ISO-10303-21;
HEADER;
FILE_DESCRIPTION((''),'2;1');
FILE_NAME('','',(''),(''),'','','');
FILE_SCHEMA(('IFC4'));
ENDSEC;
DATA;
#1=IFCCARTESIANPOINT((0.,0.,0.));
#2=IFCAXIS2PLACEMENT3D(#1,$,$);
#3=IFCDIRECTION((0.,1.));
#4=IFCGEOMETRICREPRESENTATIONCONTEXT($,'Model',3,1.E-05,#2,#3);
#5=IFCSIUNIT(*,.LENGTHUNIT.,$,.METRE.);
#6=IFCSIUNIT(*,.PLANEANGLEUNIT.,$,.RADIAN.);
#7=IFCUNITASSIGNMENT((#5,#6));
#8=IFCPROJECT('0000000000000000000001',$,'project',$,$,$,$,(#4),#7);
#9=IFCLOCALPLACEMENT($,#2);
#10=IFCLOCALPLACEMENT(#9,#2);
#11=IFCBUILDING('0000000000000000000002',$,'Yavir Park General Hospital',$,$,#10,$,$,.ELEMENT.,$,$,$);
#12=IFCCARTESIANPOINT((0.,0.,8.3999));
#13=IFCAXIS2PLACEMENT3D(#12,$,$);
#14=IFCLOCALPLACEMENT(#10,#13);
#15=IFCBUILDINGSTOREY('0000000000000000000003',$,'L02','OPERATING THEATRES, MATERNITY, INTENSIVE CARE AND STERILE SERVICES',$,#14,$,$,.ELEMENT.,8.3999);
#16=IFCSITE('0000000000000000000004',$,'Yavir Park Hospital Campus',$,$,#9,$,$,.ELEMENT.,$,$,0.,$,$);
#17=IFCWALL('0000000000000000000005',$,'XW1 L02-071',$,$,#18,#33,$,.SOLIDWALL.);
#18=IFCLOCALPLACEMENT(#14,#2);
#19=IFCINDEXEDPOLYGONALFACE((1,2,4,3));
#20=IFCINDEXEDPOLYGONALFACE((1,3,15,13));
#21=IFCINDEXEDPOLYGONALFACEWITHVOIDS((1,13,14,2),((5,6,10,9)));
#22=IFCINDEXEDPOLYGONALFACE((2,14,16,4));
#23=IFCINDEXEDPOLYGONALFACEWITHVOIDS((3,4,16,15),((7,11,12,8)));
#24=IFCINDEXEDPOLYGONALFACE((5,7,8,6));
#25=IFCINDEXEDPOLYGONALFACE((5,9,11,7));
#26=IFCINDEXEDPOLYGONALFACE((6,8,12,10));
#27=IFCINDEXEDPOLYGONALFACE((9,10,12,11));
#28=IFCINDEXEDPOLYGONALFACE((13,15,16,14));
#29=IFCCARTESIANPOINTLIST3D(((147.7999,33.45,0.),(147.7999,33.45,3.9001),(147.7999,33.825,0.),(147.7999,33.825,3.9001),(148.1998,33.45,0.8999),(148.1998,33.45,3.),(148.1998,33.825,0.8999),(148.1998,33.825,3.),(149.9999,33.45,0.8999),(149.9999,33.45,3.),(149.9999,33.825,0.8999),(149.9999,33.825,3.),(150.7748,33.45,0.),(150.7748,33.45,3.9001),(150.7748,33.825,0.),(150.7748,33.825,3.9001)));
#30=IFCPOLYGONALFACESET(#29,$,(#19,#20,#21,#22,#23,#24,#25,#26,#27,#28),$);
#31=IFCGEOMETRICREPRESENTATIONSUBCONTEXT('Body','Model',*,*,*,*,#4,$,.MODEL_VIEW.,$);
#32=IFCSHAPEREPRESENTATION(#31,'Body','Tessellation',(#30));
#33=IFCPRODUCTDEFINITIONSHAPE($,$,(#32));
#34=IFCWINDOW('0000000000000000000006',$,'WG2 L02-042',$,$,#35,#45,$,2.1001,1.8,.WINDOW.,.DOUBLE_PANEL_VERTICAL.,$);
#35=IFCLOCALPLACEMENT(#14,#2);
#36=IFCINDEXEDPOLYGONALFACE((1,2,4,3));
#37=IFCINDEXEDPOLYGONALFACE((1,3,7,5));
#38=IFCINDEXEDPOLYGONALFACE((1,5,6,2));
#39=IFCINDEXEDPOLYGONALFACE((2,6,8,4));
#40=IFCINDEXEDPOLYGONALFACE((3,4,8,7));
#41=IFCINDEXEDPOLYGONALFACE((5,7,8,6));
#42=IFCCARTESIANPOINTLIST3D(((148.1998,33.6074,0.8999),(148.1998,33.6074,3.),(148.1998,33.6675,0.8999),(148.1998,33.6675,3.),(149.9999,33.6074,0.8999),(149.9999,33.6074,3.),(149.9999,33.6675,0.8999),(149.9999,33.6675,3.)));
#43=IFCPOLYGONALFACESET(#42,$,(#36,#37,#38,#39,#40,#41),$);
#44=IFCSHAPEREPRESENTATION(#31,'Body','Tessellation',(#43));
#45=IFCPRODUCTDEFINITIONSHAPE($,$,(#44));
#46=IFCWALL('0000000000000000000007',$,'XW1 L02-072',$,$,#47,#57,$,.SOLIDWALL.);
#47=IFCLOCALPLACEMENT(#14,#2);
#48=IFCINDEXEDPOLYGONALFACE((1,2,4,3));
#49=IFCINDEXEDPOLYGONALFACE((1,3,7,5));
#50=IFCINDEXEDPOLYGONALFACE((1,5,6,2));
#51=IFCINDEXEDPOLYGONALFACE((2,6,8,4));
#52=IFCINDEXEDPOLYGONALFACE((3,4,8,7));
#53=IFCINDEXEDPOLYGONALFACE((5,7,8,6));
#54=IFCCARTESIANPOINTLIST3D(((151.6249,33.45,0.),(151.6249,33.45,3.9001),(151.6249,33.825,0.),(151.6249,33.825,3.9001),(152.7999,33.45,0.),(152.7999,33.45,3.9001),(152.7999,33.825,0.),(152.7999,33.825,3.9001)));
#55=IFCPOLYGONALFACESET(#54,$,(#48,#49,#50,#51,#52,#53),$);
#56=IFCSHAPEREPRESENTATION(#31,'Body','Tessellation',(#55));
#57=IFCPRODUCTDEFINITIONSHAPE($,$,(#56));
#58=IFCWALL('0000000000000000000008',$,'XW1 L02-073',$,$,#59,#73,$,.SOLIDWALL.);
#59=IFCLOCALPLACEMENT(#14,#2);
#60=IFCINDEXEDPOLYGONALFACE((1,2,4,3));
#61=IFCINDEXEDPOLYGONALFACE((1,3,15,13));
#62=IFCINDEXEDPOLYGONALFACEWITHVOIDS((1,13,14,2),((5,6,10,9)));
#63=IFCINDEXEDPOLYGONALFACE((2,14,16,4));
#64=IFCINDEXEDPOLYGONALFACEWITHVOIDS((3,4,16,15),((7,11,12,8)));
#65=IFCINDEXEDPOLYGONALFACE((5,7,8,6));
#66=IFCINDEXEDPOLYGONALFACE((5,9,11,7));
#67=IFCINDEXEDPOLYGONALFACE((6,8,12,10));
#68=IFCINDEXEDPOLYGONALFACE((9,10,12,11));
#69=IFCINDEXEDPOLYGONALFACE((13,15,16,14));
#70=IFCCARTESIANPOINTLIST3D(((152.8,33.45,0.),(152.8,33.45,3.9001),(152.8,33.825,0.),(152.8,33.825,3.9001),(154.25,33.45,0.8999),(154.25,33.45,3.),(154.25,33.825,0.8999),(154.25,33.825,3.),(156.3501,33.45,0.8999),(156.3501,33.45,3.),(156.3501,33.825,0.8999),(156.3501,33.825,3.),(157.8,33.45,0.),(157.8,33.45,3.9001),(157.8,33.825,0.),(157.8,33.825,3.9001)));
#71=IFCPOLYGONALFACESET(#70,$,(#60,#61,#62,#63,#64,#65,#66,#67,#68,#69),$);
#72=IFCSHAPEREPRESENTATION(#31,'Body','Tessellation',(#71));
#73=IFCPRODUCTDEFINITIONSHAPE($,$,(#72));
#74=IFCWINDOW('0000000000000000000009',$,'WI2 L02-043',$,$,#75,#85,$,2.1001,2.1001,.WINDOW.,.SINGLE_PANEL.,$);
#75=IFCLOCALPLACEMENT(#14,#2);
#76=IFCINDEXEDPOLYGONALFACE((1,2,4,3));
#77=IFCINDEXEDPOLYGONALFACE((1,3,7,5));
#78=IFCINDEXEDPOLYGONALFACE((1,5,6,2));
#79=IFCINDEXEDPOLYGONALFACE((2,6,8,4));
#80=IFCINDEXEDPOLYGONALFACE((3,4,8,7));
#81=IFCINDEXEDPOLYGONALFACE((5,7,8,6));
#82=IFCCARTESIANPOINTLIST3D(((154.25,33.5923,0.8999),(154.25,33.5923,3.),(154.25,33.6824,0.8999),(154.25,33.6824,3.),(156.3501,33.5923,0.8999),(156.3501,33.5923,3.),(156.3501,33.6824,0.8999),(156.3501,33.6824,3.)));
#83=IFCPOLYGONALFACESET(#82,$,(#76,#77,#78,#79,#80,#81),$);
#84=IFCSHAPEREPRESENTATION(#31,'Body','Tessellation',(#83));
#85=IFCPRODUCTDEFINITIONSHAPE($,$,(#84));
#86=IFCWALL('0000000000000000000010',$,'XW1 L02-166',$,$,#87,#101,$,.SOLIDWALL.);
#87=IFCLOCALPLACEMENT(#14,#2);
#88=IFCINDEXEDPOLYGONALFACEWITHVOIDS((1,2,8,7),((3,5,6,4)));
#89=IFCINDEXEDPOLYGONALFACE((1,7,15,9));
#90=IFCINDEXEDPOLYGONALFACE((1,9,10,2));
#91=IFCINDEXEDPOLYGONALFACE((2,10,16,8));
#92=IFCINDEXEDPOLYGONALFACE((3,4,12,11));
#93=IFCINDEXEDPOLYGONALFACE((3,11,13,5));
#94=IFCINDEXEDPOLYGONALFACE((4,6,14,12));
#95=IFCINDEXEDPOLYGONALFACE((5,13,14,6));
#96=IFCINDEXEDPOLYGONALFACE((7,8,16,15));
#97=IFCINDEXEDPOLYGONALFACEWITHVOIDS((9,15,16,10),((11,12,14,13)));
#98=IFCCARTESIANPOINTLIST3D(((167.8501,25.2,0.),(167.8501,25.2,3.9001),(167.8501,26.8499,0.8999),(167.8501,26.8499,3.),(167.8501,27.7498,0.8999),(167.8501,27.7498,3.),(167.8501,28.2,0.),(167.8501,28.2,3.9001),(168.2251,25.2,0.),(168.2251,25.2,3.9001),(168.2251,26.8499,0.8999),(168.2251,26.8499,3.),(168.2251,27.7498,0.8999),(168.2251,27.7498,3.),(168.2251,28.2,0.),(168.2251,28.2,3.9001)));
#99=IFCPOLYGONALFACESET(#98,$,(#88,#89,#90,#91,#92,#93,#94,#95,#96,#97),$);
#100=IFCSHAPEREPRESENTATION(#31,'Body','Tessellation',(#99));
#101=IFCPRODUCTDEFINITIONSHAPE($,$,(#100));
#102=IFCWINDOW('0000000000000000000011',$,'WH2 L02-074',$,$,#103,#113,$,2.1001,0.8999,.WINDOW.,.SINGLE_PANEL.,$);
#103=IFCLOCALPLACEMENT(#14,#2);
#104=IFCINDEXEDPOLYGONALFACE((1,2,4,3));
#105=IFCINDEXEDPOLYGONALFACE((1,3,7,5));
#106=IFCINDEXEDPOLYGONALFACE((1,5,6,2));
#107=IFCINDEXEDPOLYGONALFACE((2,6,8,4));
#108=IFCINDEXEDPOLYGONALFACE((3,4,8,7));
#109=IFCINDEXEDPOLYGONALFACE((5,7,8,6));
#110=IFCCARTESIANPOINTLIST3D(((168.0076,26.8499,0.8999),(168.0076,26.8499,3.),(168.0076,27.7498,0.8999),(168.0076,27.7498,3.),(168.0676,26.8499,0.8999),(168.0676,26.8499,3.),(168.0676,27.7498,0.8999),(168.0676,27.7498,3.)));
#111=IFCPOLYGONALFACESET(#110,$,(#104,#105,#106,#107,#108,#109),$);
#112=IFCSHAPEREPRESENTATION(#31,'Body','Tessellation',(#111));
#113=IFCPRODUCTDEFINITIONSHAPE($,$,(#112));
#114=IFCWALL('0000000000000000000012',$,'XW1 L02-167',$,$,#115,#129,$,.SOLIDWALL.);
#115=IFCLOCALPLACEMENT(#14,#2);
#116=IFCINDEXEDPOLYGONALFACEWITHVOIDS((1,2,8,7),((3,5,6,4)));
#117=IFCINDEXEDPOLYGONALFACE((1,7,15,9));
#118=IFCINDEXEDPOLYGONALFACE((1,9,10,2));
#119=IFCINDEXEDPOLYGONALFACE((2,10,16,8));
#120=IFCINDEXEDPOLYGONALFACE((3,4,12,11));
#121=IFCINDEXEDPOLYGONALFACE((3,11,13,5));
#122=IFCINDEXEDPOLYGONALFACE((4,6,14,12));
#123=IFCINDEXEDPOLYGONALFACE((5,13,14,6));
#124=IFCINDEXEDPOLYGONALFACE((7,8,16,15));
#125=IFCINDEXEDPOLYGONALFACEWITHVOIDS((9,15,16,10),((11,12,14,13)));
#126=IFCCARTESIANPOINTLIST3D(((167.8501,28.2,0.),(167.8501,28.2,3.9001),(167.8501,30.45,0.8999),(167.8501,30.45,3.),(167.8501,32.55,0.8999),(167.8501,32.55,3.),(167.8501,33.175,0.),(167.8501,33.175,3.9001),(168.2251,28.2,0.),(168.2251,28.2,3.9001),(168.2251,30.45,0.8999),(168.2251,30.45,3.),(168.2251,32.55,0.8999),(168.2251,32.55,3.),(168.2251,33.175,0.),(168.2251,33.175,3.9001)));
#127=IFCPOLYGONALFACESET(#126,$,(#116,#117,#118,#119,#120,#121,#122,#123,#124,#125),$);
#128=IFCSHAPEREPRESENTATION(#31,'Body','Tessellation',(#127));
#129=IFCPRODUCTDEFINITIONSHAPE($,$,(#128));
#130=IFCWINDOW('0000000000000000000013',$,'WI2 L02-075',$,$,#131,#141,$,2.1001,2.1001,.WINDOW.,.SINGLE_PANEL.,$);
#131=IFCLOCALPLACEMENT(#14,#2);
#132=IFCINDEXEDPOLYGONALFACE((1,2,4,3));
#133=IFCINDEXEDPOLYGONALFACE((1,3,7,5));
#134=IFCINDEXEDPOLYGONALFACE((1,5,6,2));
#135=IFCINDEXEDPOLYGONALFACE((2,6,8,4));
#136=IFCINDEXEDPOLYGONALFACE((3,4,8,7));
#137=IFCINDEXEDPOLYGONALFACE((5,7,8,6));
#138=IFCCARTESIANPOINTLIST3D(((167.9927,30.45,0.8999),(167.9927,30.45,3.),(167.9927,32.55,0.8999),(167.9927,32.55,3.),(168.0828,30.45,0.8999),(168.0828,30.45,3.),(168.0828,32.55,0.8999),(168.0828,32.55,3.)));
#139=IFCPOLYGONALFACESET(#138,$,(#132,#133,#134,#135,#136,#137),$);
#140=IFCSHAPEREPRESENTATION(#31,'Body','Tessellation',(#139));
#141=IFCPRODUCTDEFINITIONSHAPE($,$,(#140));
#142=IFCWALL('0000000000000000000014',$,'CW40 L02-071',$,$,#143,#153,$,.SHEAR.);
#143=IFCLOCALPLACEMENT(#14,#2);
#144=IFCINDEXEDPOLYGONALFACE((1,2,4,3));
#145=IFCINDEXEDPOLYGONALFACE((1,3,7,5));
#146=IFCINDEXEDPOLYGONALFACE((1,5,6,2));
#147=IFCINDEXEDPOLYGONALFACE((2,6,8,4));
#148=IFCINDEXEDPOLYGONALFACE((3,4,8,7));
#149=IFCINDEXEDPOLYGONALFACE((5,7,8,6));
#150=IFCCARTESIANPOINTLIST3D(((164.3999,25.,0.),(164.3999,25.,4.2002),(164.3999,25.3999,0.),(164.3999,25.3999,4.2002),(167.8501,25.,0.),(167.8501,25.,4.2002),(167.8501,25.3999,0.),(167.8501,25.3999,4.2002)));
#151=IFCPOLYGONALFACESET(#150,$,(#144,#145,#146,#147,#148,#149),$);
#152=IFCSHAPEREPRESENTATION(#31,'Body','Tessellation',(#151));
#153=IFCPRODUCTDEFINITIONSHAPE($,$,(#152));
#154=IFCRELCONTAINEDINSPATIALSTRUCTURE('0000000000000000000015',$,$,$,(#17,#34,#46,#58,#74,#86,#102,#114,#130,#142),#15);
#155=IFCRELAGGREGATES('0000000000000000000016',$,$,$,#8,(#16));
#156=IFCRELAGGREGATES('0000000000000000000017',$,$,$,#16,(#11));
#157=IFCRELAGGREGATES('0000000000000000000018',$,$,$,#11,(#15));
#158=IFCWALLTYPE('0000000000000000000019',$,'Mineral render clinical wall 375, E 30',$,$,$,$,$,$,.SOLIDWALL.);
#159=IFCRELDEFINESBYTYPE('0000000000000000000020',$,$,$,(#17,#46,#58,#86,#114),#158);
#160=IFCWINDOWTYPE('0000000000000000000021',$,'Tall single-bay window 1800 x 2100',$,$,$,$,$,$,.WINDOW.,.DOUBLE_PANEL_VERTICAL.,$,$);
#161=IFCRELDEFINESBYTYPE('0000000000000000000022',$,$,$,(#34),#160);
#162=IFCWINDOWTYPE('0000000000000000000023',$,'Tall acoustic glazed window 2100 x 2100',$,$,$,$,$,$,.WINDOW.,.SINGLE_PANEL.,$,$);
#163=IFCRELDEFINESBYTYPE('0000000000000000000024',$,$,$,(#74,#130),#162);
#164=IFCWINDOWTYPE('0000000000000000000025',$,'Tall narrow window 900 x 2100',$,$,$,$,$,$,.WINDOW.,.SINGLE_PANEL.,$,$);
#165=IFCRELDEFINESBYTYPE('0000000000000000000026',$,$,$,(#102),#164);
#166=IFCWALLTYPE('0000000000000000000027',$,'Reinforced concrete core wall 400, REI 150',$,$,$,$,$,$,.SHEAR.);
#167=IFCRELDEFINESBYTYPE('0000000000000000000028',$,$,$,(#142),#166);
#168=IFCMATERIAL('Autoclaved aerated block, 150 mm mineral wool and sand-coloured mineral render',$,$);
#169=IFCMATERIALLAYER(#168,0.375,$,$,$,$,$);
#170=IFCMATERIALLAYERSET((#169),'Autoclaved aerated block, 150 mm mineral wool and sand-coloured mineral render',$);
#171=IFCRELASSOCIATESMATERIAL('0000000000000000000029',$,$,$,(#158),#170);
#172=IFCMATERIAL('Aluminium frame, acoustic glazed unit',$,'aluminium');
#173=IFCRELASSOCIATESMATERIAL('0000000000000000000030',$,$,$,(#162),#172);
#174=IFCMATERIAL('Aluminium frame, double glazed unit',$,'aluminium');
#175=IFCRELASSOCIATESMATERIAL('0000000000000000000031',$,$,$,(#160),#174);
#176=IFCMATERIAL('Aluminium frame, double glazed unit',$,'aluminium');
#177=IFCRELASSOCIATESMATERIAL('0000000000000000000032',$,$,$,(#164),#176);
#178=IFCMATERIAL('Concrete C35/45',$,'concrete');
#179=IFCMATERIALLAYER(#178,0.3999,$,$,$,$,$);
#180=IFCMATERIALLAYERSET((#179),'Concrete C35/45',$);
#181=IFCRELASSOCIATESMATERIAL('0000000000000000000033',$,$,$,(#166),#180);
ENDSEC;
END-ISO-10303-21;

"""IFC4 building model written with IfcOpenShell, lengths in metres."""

from ifc_helpers import new_model, si_unit, direction, frame, frame_2d, origin, place, context, subcontext, project, spatial, rectangle, extrude, material, layer, layer_set, type_object, element, fill, save


model = new_model("IFC4")

# Units and contexts
model_context = context("Model", 3, precision=1e-05, world=origin(), true_north=direction((0.0, 1.0)))
body_context = subcontext(model_context, "Body", "Model", "MODEL_VIEW")
ifc_project = project(units=[si_unit("LENGTHUNIT", "METRE"), si_unit("PLANEANGLEUNIT", "RADIAN")], contexts=[model_context])

# Site, building, storey
site_placement = place(None, origin())
site = spatial("IfcSite", under=ifc_project, at=site_placement, Name="Yavir Park Hospital Campus", CompositionType="ELEMENT", RefElevation=0.0)
building_placement = place(site_placement, origin())
building = spatial("IfcBuilding", under=site, at=building_placement, Name="Yavir Park General Hospital", CompositionType="ELEMENT")
storey_placement = place(building_placement, frame((0.0, 0.0, 8.3999)))
storey = spatial("IfcBuildingStorey", under=building, at=storey_placement, Name="L02", Description="OPERATING THEATRES, MATERNITY, INTENSIVE CARE AND STERILE SERVICES", CompositionType="ELEMENT", Elevation=8.3999)

# Wall, opening, window
ifc_material_1 = material(Name="Autoclaved aerated block, 150 mm mineral wool and sand-coloured mineral render")
ifc_layer_1 = layer(ifc_material_1, 0.375)
ifc_layer_set_1 = layer_set([ifc_layer_1], Name="Autoclaved aerated block, 150 mm mineral wool and sand-coloured mineral render")
wall_type_1 = type_object("IfcWallType", Name="Mineral render clinical wall 375, E 30", PredefinedType="SOLIDWALL", material=ifc_layer_set_1)
ifc_material_2 = material(Name="Aluminium frame, acoustic glazed unit", Category="aluminium")
window_type_1 = type_object("IfcWindowType", Name="Tall acoustic glazed window 2100 x 2100", PartitioningType="SINGLE_PANEL", PredefinedType="WINDOW", material=ifc_material_2)
wall_1_placement = place(storey_placement, frame((147.8, 33.6375, 0.0), z_axis=(0.0, 0.0, 1.0), x_axis=(1.0, 0.0, 0.0)))
wall_1 = element("IfcWall", 1, at=wall_1_placement, inside=storey, type_object=wall_type_1, Name="XW1 L02-071", PredefinedType="SOLIDWALL", context=body_context, shape_type="SweptSolid", body=[
    extrude(rectangle(XDim=2.9749, YDim=0.375, at=frame_2d((1.4873, 0.0))), origin(), (0.0, 0.0, 1.0), 3.9001),
])
opening_1_placement = place(wall_1_placement, frame((0.3999, 0.0, 0.8999)))
opening_1 = element("IfcOpeningElement", 2, at=opening_1_placement, cuts=wall_1, PredefinedType="OPENING", context=body_context, shape_type="SweptSolid", body=[
    extrude(rectangle(XDim=1.8, YDim=2.1001, at=frame_2d((0.8999, 1.05))), frame((0.0, 0.1975, 0.0), z_axis=(0.0, -1.0, 0.0), x_axis=(1.0, 0.0, 0.0)), (0.0, 0.0, 1.0), 0.395),
])
ifc_material_3 = material(Name="Aluminium frame, double glazed unit", Category="aluminium")
window_type_2 = type_object("IfcWindowType", Name="Tall single-bay window 1800 x 2100", PartitioningType="DOUBLE_PANEL_VERTICAL", PredefinedType="WINDOW", material=ifc_material_3)
window_1_placement = place(opening_1_placement, origin())
window_1 = element("IfcWindow", 3, at=window_1_placement, inside=storey, type_object=window_type_2, Name="WG2 L02-042", OverallHeight=2.1001, OverallWidth=1.8, PartitioningType="DOUBLE_PANEL_VERTICAL", PredefinedType="WINDOW", context=body_context, shape_type="SweptSolid", body=[
    extrude(rectangle(XDim=1.8, YDim=2.1001, at=frame_2d((0.8999, 1.05))), frame((0.0, 0.03, 0.0), z_axis=(0.0, -1.0, 0.0), x_axis=(1.0, 0.0, 0.0)), (0.0, 0.0, 1.0), 0.0601),
])
fill(opening_1, window_1)

# Wall
wall_2_placement = place(storey_placement, frame((151.625, 33.6375, 0.0), z_axis=(0.0, 0.0, 1.0), x_axis=(1.0, 0.0, 0.0)))
element("IfcWall", 4, at=wall_2_placement, inside=storey, type_object=wall_type_1, Name="XW1 L02-072", PredefinedType="SOLIDWALL", context=body_context, shape_type="SweptSolid", body=[
    extrude(rectangle(XDim=1.175, YDim=0.375, at=frame_2d((0.5874, 0.0))), origin(), (0.0, 0.0, 1.0), 3.9001),
])

# Walls, openings, windows
wall_3_placement = place(storey_placement, frame((152.8, 33.6375, 0.0), z_axis=(0.0, 0.0, 1.0), x_axis=(1.0, 0.0, 0.0)))
wall_3 = element("IfcWall", 5, at=wall_3_placement, inside=storey, type_object=wall_type_1, Name="XW1 L02-073", PredefinedType="SOLIDWALL", context=body_context, shape_type="SweptSolid", body=[
    extrude(rectangle(XDim=5.0, YDim=0.375, at=frame_2d((2.5, 0.0))), origin(), (0.0, 0.0, 1.0), 3.9001),
])
opening_2_placement = place(wall_3_placement, frame((1.45, 0.0, 0.8999)))
opening_2 = element("IfcOpeningElement", 6, at=opening_2_placement, cuts=wall_3, PredefinedType="OPENING", context=body_context, shape_type="SweptSolid", body=[
    extrude(rectangle(XDim=2.1001, YDim=2.1001, at=frame_2d((1.05, 1.05))), frame((0.0, 0.1975, 0.0), z_axis=(0.0, -1.0, 0.0), x_axis=(1.0, 0.0, 0.0)), (0.0, 0.0, 1.0), 0.395),
])
window_2_placement = place(opening_2_placement, origin())
window_2 = element("IfcWindow", 7, at=window_2_placement, inside=storey, type_object=window_type_1, Name="WI2 L02-043", OverallHeight=2.1001, OverallWidth=2.1001, PartitioningType="SINGLE_PANEL", PredefinedType="WINDOW", context=body_context, shape_type="SweptSolid", body=[
    extrude(rectangle(XDim=2.1001, YDim=2.1001, at=frame_2d((1.05, 1.05))), frame((0.0, 0.0449, 0.0), z_axis=(0.0, -1.0, 0.0), x_axis=(1.0, 0.0, 0.0)), (0.0, 0.0, 1.0), 0.0901),
])
fill(opening_2, window_2)
wall_4_placement = place(storey_placement, frame((168.0376, 25.2, 0.0), z_axis=(0.0, 0.0, 1.0), x_axis=(0.0, 1.0, 0.0)))
wall_4 = element("IfcWall", 8, at=wall_4_placement, inside=storey, type_object=wall_type_1, Name="XW1 L02-166", PredefinedType="SOLIDWALL", context=body_context, shape_type="SweptSolid", body=[
    extrude(rectangle(XDim=3.0, YDim=0.375, at=frame_2d((1.5, 0.0))), origin(), (0.0, 0.0, 1.0), 3.9001),
])
opening_3_placement = place(wall_4_placement, frame((1.6499, 0.0, 0.8999)))
opening_3 = element("IfcOpeningElement", 9, at=opening_3_placement, cuts=wall_4, PredefinedType="OPENING", context=body_context, shape_type="SweptSolid", body=[
    extrude(rectangle(XDim=0.8999, YDim=2.1001, at=frame_2d((0.45, 1.05))), frame((0.0, 0.1975, 0.0), z_axis=(0.0, -1.0, 0.0), x_axis=(1.0, 0.0, 0.0)), (0.0, 0.0, 1.0), 0.395),
])
ifc_material_4 = material(Name="Aluminium frame, double glazed unit", Category="aluminium")
window_type_3 = type_object("IfcWindowType", Name="Tall narrow window 900 x 2100", PartitioningType="SINGLE_PANEL", PredefinedType="WINDOW", material=ifc_material_4)
window_3_placement = place(opening_3_placement, origin())
window_3 = element("IfcWindow", 10, at=window_3_placement, inside=storey, type_object=window_type_3, Name="WH2 L02-074", OverallHeight=2.1001, OverallWidth=0.8999, PartitioningType="SINGLE_PANEL", PredefinedType="WINDOW", context=body_context, shape_type="SweptSolid", body=[
    extrude(rectangle(XDim=0.8999, YDim=2.1001, at=frame_2d((0.45, 1.05))), frame((0.0, 0.03, 0.0), z_axis=(0.0, -1.0, 0.0), x_axis=(1.0, 0.0, 0.0)), (0.0, 0.0, 1.0), 0.0601),
])
fill(opening_3, window_3)
wall_5_placement = place(storey_placement, frame((168.0376, 28.2, 0.0), z_axis=(0.0, 0.0, 1.0), x_axis=(0.0, 1.0, 0.0)))
wall_5 = element("IfcWall", 11, at=wall_5_placement, inside=storey, type_object=wall_type_1, Name="XW1 L02-167", PredefinedType="SOLIDWALL", context=body_context, shape_type="SweptSolid", body=[
    extrude(rectangle(XDim=4.9751, YDim=0.375, at=frame_2d((2.4875, 0.0))), origin(), (0.0, 0.0, 1.0), 3.9001),
])
opening_4_placement = place(wall_5_placement, frame((2.25, 0.0, 0.8999)))
opening_4 = element("IfcOpeningElement", 12, at=opening_4_placement, cuts=wall_5, PredefinedType="OPENING", context=body_context, shape_type="SweptSolid", body=[
    extrude(rectangle(XDim=2.1001, YDim=2.1001, at=frame_2d((1.05, 1.05))), frame((0.0, 0.1975, 0.0), z_axis=(0.0, -1.0, 0.0), x_axis=(1.0, 0.0, 0.0)), (0.0, 0.0, 1.0), 0.395),
])
window_4_placement = place(opening_4_placement, origin())
window_4 = element("IfcWindow", 13, at=window_4_placement, inside=storey, type_object=window_type_1, Name="WI2 L02-075", OverallHeight=2.1001, OverallWidth=2.1001, PartitioningType="SINGLE_PANEL", PredefinedType="WINDOW", context=body_context, shape_type="SweptSolid", body=[
    extrude(rectangle(XDim=2.1001, YDim=2.1001, at=frame_2d((1.05, 1.05))), frame((0.0, 0.0449, 0.0), z_axis=(0.0, -1.0, 0.0), x_axis=(1.0, 0.0, 0.0)), (0.0, 0.0, 1.0), 0.0901),
])
fill(opening_4, window_4)

# Wall
ifc_material_5 = material(Name="Concrete C35/45", Category="concrete")
ifc_layer_2 = layer(ifc_material_5, 0.3999)
ifc_layer_set_2 = layer_set([ifc_layer_2], Name="Concrete C35/45")
wall_type_2 = type_object("IfcWallType", Name="Reinforced concrete core wall 400, REI 150", PredefinedType="SHEAR", material=ifc_layer_set_2)
wall_6_placement = place(storey_placement, frame((164.3999, 25.2, 0.0), z_axis=(0.0, 0.0, 1.0), x_axis=(1.0, 0.0, 0.0)))
element("IfcWall", 14, at=wall_6_placement, inside=storey, type_object=wall_type_2, Name="CW40 L02-071", PredefinedType="SHEAR", context=body_context, shape_type="SweptSolid", body=[
    extrude(rectangle(XDim=3.4502, YDim=0.3999, at=frame_2d((1.7251, 0.0))), origin(), (0.0, 0.0, 1.0), 4.2002),
])

save(model, "model.ifc")
